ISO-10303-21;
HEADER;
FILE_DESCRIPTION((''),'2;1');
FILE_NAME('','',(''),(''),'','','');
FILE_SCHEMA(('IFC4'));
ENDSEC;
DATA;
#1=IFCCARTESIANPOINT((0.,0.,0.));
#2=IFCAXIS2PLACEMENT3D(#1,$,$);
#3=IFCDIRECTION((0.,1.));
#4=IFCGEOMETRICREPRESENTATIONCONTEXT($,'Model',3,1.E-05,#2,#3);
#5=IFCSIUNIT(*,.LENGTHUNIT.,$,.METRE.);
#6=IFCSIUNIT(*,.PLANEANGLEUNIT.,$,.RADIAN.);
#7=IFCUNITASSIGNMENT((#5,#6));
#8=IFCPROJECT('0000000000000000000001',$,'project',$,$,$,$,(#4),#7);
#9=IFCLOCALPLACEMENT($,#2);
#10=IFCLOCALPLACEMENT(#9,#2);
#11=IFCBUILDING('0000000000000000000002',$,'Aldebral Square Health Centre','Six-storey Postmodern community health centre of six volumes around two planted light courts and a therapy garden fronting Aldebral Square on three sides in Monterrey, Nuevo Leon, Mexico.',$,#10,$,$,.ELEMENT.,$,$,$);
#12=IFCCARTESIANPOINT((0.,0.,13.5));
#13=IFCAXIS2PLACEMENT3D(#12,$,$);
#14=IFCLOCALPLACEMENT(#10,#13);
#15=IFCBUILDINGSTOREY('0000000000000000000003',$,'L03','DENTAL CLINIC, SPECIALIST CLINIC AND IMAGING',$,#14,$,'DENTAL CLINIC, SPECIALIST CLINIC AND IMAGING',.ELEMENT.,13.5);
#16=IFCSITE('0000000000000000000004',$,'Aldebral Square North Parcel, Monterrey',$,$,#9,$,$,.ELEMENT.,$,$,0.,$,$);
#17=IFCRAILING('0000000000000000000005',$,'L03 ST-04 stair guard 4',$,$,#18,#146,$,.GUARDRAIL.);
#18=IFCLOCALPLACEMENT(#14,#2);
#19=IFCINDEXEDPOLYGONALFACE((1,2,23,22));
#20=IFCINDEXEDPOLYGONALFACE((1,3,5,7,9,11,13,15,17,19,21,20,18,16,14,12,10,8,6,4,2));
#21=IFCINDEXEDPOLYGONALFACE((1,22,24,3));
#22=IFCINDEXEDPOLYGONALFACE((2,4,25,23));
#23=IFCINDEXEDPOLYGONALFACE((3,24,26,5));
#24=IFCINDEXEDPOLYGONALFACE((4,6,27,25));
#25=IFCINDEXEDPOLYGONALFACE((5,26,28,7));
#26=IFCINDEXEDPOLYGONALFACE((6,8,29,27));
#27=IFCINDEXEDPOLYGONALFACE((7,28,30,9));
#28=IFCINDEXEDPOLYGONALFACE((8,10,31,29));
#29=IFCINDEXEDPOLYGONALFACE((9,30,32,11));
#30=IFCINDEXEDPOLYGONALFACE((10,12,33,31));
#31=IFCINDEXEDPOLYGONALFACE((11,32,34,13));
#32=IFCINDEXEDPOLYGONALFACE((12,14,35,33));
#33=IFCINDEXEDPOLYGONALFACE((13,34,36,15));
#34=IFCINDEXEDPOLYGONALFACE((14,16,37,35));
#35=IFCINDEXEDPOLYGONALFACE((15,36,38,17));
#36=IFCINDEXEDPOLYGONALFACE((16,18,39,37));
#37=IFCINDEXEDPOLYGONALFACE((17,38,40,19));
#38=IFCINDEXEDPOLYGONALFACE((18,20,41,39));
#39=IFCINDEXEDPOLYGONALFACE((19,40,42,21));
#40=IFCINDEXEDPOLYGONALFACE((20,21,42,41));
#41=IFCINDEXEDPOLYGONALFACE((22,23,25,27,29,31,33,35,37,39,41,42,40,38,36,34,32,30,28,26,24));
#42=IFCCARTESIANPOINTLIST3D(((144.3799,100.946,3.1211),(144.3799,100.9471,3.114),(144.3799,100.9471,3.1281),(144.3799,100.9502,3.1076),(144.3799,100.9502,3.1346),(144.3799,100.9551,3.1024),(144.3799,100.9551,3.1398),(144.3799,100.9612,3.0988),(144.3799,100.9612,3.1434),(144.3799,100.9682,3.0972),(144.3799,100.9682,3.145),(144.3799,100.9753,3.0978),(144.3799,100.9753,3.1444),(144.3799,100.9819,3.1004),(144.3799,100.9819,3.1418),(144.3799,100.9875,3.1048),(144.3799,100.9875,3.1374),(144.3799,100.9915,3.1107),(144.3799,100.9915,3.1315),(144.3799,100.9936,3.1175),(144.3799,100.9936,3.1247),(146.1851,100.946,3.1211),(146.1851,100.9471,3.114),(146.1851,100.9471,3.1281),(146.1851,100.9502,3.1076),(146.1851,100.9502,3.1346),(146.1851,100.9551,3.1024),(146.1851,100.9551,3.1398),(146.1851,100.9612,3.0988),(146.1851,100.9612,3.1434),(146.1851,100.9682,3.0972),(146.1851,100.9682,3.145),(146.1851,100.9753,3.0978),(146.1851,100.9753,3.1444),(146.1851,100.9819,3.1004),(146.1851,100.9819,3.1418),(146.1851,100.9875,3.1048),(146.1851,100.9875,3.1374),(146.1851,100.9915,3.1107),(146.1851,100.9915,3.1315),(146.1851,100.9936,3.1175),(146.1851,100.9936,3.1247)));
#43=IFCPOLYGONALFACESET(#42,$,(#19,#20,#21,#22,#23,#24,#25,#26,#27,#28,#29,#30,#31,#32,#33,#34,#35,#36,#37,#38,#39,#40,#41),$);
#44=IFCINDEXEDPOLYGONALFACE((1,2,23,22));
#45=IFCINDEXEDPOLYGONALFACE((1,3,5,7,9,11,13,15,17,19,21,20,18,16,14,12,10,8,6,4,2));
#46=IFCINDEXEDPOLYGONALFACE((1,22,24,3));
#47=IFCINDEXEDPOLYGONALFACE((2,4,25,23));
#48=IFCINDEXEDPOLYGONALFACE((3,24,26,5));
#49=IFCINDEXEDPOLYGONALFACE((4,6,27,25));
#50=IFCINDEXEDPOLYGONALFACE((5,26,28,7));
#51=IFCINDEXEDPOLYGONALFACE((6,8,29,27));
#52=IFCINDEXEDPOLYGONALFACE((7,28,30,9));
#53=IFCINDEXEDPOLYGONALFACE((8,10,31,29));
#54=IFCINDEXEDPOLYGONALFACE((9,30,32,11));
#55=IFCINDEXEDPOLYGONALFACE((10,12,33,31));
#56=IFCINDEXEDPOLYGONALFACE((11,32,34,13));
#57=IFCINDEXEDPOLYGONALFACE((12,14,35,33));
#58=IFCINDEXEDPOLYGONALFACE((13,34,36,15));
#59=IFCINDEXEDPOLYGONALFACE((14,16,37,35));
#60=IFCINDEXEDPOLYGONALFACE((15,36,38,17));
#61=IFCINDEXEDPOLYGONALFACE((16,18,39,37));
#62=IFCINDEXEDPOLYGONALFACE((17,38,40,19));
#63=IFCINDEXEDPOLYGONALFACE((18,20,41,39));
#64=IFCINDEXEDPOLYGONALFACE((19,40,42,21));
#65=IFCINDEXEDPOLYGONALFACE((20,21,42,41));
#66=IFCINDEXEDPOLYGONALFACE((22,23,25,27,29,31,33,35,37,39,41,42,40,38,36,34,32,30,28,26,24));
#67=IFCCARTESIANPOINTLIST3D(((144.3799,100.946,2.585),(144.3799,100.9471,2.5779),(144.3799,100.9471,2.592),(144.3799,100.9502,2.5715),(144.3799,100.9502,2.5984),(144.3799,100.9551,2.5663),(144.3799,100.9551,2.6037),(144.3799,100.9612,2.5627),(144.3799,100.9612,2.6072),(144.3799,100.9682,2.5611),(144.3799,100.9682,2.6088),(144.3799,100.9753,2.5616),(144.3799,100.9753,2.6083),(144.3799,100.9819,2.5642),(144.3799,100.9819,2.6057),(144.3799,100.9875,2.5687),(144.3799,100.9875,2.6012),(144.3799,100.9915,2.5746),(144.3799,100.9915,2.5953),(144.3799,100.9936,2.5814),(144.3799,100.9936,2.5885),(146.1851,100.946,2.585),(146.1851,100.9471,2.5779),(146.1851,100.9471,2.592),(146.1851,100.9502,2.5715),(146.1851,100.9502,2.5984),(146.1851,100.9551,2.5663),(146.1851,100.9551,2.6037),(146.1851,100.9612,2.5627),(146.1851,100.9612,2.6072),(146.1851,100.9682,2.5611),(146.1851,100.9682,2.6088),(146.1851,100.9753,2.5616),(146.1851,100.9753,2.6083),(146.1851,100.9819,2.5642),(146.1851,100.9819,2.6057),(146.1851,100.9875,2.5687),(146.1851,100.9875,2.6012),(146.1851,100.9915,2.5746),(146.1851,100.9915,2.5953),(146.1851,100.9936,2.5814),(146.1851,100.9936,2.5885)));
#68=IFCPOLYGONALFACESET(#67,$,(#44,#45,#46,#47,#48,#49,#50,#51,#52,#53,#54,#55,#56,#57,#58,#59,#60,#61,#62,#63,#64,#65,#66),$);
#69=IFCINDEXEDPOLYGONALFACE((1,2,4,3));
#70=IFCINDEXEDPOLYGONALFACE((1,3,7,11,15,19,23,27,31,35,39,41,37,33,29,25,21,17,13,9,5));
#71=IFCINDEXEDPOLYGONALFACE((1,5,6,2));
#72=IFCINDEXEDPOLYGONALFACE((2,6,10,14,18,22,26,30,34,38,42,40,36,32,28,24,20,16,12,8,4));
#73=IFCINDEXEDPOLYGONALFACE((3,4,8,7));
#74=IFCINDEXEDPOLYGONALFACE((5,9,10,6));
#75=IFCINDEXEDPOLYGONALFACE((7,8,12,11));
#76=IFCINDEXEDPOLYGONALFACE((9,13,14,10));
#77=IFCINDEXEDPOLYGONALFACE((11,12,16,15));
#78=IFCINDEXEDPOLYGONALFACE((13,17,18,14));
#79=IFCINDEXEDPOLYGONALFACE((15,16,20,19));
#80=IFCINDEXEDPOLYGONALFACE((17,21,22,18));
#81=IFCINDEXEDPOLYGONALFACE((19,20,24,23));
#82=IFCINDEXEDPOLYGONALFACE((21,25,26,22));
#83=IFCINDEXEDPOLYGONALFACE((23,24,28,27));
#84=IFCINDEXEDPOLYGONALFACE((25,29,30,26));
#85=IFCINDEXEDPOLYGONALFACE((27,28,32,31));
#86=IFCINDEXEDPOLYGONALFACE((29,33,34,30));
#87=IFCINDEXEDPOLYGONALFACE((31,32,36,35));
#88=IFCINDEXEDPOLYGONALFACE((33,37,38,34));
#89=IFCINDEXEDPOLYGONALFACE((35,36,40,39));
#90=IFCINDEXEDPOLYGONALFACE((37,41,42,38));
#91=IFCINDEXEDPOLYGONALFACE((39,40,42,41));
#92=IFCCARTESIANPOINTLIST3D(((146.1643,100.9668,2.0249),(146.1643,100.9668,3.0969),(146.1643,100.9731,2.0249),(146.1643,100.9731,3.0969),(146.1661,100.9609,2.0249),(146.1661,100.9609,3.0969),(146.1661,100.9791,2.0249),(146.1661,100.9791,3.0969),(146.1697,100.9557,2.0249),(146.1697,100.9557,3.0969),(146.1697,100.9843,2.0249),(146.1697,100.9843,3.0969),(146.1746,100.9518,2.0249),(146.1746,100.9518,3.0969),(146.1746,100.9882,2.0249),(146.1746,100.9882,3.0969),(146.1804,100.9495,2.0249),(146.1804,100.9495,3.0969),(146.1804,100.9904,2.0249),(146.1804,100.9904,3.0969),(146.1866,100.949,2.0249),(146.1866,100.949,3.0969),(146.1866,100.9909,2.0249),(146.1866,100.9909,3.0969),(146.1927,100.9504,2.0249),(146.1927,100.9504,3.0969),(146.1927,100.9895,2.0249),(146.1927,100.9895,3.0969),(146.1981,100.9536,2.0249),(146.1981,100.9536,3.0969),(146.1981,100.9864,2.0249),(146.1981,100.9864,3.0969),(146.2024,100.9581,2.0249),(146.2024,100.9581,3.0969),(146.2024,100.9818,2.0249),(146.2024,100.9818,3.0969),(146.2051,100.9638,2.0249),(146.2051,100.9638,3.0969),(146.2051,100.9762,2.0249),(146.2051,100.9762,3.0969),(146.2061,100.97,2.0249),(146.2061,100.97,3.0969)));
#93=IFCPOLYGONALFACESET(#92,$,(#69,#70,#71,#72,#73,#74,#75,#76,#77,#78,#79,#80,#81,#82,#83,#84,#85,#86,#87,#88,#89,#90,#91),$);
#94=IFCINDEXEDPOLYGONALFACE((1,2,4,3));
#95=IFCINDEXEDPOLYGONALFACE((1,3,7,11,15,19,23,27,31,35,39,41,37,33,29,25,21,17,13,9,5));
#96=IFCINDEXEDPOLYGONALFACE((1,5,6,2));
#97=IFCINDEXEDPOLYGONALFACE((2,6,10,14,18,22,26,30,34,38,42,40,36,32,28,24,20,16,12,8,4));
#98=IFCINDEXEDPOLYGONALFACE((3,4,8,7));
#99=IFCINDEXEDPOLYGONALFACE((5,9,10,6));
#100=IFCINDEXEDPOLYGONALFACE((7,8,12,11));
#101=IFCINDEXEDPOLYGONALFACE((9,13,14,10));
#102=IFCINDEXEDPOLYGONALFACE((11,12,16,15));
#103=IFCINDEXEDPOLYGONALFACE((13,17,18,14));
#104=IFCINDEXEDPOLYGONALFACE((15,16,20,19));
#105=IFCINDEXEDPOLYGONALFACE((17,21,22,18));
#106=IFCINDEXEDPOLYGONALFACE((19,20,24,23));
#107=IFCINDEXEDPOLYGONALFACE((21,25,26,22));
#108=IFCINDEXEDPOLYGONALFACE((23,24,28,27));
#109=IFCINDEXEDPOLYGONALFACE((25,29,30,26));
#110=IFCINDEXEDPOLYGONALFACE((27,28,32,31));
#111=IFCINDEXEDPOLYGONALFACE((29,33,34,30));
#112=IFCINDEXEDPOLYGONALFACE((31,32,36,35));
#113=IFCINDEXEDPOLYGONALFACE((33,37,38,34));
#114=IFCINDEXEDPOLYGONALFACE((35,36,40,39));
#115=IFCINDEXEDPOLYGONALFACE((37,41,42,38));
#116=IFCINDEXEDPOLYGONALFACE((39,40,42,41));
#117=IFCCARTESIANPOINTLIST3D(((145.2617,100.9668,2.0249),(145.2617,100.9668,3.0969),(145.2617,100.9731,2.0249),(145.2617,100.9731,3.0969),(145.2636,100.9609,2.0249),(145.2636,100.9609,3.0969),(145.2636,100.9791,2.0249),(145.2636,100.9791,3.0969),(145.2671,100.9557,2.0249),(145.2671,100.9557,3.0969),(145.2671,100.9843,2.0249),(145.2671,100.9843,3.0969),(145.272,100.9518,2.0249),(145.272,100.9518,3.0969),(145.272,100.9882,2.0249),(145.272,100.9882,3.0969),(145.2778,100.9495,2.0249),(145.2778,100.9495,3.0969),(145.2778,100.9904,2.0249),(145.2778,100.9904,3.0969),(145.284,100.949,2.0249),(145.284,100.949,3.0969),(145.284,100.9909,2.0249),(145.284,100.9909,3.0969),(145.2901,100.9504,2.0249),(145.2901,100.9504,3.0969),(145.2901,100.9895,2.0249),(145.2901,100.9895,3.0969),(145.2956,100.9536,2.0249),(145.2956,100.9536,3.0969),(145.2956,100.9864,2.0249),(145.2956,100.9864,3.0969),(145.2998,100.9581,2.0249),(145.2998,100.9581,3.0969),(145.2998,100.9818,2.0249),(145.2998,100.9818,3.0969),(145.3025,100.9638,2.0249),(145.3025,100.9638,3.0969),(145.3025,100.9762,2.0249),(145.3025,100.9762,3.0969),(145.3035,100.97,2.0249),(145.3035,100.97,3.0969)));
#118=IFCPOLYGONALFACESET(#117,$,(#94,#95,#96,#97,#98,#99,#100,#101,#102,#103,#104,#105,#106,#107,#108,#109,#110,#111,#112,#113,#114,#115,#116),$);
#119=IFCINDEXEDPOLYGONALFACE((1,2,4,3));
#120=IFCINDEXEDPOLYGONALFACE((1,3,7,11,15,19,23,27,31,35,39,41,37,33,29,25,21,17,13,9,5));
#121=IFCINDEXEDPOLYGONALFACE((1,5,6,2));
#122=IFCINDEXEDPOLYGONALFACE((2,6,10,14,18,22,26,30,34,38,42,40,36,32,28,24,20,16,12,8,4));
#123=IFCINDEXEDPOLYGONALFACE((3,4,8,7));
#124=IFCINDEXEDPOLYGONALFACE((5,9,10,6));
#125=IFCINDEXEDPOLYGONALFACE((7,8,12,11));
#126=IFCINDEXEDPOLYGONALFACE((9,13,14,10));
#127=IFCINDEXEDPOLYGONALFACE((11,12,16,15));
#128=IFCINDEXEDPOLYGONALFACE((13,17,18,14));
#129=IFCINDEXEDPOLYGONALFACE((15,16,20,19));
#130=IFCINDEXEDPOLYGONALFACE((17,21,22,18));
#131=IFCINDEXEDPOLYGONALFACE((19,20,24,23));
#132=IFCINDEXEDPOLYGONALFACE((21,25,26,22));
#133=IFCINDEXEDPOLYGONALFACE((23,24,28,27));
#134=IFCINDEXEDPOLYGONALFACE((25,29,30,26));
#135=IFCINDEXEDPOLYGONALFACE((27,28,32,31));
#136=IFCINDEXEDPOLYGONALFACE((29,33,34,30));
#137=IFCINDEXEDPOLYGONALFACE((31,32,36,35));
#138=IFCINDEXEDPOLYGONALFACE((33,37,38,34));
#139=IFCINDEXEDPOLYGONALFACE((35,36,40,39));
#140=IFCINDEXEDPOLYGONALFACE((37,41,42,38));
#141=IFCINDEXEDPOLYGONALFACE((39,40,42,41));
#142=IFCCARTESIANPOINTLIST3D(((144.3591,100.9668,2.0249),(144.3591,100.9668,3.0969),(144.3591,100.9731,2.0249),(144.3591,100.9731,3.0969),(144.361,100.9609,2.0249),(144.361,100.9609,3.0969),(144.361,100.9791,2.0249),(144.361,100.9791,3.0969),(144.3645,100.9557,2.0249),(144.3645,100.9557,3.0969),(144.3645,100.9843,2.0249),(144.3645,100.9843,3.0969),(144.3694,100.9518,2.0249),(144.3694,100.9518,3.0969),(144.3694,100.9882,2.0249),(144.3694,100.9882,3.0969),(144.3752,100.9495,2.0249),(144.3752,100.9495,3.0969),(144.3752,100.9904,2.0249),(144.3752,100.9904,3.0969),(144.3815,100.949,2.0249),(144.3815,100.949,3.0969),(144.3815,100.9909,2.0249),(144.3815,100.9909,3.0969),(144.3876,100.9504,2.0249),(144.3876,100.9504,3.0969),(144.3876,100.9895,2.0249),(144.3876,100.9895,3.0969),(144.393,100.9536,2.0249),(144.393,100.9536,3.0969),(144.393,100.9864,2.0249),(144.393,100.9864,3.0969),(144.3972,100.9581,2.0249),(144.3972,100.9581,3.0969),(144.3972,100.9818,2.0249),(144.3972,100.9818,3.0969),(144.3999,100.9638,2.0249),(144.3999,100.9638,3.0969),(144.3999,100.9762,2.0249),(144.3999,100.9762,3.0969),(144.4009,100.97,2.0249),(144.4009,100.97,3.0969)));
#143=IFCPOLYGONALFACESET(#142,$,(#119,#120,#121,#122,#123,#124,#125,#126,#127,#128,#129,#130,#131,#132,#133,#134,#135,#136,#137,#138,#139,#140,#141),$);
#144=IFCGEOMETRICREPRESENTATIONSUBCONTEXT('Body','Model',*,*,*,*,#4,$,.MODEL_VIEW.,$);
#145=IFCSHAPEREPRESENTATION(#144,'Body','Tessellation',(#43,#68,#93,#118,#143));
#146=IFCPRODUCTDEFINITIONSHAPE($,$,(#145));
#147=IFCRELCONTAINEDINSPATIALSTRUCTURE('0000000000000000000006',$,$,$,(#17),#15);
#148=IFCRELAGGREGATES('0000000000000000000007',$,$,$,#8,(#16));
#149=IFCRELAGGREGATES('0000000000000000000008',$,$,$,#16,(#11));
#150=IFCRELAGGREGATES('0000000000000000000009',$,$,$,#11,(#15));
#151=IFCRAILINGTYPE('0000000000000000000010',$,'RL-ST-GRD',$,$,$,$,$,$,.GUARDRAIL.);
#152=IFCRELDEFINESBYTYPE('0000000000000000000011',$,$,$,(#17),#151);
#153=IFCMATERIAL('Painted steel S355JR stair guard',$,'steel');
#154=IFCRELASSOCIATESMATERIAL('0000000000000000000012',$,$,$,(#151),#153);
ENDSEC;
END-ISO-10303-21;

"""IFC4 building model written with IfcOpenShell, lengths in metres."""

from ifc_helpers import new_model, si_unit, direction, frame, origin, origin_2d, place, context, subcontext, project, spatial, circle, extrude, material, type_object, element, save


model = new_model("IFC4")

# Units and contexts
model_context = context("Model", 3, precision=1e-05, world=origin(), true_north=direction((0.0, 1.0)))
body_context = subcontext(model_context, "Body", "Model", "MODEL_VIEW")
ifc_project = project(units=[si_unit("LENGTHUNIT", "METRE"), si_unit("PLANEANGLEUNIT", "RADIAN")], contexts=[model_context])

# Site, building, storey
site_placement = place(None, origin())
site = spatial("IfcSite", under=ifc_project, at=site_placement, Name="Aldebral Square North Parcel, Monterrey", CompositionType="ELEMENT", RefElevation=0.0)
building_placement = place(site_placement, origin())
building = spatial("IfcBuilding", under=site, at=building_placement, Name="Aldebral Square Health Centre", Description="Six-storey Postmodern community health centre of six volumes around two planted light courts and a therapy garden fronting Aldebral Square on three sides in Monterrey, Nuevo Leon, Mexico.", CompositionType="ELEMENT")
storey_placement = place(building_placement, frame((0.0, 0.0, 13.5)))
storey = spatial("IfcBuildingStorey", under=building, at=storey_placement, Name="L03", Description="DENTAL CLINIC, SPECIALIST CLINIC AND IMAGING", LongName="DENTAL CLINIC, SPECIALIST CLINIC AND IMAGING", CompositionType="ELEMENT", Elevation=13.5)

# Railing
ifc_material_1 = material(Name="Painted steel S355JR stair guard", Category="steel")
railing_type_1 = type_object("IfcRailingType", Name="RL-ST-GRD", PredefinedType="GUARDRAIL", material=ifc_material_1)
for number, where, name in (
    (1, (146.1851, 100.97, 2.0249), "L03 ST-04 stair guard 4"),
):
    element("IfcRailing", number, at=place(storey_placement, frame(where)), inside=storey, type_object=railing_type_1, Name=name, PredefinedType="GUARDRAIL", context=body_context, shape_type="SweptSolid", body=[
        extrude(circle(Radius=0.0239, at=origin_2d()), frame((0.0, 0.0, 1.0962), z_axis=(-1.0, 0.0, 0.0), x_axis=(0.0, -1.0, 0.0)), (0.0, 0.0, 1.0), 1.8052),
        extrude(circle(Radius=0.0239, at=origin_2d()), frame((0.0, 0.0, 0.5601), z_axis=(-1.0, 0.0, 0.0), x_axis=(0.0, -1.0, 0.0)), (0.0, 0.0, 1.0), 1.8052),
        extrude(circle(Radius=0.021, at=origin_2d()), origin(), (0.0, 0.0, 1.0), 1.072),
        extrude(circle(Radius=0.021, at=origin_2d()), frame((-0.9026, 0.0, 0.0)), (0.0, 0.0, 1.0), 1.072),
        extrude(circle(Radius=0.021, at=origin_2d()), frame((-1.8052, 0.0, 0.0)), (0.0, 0.0, 1.0), 1.072),
    ])

save(model, "model.ifc")
